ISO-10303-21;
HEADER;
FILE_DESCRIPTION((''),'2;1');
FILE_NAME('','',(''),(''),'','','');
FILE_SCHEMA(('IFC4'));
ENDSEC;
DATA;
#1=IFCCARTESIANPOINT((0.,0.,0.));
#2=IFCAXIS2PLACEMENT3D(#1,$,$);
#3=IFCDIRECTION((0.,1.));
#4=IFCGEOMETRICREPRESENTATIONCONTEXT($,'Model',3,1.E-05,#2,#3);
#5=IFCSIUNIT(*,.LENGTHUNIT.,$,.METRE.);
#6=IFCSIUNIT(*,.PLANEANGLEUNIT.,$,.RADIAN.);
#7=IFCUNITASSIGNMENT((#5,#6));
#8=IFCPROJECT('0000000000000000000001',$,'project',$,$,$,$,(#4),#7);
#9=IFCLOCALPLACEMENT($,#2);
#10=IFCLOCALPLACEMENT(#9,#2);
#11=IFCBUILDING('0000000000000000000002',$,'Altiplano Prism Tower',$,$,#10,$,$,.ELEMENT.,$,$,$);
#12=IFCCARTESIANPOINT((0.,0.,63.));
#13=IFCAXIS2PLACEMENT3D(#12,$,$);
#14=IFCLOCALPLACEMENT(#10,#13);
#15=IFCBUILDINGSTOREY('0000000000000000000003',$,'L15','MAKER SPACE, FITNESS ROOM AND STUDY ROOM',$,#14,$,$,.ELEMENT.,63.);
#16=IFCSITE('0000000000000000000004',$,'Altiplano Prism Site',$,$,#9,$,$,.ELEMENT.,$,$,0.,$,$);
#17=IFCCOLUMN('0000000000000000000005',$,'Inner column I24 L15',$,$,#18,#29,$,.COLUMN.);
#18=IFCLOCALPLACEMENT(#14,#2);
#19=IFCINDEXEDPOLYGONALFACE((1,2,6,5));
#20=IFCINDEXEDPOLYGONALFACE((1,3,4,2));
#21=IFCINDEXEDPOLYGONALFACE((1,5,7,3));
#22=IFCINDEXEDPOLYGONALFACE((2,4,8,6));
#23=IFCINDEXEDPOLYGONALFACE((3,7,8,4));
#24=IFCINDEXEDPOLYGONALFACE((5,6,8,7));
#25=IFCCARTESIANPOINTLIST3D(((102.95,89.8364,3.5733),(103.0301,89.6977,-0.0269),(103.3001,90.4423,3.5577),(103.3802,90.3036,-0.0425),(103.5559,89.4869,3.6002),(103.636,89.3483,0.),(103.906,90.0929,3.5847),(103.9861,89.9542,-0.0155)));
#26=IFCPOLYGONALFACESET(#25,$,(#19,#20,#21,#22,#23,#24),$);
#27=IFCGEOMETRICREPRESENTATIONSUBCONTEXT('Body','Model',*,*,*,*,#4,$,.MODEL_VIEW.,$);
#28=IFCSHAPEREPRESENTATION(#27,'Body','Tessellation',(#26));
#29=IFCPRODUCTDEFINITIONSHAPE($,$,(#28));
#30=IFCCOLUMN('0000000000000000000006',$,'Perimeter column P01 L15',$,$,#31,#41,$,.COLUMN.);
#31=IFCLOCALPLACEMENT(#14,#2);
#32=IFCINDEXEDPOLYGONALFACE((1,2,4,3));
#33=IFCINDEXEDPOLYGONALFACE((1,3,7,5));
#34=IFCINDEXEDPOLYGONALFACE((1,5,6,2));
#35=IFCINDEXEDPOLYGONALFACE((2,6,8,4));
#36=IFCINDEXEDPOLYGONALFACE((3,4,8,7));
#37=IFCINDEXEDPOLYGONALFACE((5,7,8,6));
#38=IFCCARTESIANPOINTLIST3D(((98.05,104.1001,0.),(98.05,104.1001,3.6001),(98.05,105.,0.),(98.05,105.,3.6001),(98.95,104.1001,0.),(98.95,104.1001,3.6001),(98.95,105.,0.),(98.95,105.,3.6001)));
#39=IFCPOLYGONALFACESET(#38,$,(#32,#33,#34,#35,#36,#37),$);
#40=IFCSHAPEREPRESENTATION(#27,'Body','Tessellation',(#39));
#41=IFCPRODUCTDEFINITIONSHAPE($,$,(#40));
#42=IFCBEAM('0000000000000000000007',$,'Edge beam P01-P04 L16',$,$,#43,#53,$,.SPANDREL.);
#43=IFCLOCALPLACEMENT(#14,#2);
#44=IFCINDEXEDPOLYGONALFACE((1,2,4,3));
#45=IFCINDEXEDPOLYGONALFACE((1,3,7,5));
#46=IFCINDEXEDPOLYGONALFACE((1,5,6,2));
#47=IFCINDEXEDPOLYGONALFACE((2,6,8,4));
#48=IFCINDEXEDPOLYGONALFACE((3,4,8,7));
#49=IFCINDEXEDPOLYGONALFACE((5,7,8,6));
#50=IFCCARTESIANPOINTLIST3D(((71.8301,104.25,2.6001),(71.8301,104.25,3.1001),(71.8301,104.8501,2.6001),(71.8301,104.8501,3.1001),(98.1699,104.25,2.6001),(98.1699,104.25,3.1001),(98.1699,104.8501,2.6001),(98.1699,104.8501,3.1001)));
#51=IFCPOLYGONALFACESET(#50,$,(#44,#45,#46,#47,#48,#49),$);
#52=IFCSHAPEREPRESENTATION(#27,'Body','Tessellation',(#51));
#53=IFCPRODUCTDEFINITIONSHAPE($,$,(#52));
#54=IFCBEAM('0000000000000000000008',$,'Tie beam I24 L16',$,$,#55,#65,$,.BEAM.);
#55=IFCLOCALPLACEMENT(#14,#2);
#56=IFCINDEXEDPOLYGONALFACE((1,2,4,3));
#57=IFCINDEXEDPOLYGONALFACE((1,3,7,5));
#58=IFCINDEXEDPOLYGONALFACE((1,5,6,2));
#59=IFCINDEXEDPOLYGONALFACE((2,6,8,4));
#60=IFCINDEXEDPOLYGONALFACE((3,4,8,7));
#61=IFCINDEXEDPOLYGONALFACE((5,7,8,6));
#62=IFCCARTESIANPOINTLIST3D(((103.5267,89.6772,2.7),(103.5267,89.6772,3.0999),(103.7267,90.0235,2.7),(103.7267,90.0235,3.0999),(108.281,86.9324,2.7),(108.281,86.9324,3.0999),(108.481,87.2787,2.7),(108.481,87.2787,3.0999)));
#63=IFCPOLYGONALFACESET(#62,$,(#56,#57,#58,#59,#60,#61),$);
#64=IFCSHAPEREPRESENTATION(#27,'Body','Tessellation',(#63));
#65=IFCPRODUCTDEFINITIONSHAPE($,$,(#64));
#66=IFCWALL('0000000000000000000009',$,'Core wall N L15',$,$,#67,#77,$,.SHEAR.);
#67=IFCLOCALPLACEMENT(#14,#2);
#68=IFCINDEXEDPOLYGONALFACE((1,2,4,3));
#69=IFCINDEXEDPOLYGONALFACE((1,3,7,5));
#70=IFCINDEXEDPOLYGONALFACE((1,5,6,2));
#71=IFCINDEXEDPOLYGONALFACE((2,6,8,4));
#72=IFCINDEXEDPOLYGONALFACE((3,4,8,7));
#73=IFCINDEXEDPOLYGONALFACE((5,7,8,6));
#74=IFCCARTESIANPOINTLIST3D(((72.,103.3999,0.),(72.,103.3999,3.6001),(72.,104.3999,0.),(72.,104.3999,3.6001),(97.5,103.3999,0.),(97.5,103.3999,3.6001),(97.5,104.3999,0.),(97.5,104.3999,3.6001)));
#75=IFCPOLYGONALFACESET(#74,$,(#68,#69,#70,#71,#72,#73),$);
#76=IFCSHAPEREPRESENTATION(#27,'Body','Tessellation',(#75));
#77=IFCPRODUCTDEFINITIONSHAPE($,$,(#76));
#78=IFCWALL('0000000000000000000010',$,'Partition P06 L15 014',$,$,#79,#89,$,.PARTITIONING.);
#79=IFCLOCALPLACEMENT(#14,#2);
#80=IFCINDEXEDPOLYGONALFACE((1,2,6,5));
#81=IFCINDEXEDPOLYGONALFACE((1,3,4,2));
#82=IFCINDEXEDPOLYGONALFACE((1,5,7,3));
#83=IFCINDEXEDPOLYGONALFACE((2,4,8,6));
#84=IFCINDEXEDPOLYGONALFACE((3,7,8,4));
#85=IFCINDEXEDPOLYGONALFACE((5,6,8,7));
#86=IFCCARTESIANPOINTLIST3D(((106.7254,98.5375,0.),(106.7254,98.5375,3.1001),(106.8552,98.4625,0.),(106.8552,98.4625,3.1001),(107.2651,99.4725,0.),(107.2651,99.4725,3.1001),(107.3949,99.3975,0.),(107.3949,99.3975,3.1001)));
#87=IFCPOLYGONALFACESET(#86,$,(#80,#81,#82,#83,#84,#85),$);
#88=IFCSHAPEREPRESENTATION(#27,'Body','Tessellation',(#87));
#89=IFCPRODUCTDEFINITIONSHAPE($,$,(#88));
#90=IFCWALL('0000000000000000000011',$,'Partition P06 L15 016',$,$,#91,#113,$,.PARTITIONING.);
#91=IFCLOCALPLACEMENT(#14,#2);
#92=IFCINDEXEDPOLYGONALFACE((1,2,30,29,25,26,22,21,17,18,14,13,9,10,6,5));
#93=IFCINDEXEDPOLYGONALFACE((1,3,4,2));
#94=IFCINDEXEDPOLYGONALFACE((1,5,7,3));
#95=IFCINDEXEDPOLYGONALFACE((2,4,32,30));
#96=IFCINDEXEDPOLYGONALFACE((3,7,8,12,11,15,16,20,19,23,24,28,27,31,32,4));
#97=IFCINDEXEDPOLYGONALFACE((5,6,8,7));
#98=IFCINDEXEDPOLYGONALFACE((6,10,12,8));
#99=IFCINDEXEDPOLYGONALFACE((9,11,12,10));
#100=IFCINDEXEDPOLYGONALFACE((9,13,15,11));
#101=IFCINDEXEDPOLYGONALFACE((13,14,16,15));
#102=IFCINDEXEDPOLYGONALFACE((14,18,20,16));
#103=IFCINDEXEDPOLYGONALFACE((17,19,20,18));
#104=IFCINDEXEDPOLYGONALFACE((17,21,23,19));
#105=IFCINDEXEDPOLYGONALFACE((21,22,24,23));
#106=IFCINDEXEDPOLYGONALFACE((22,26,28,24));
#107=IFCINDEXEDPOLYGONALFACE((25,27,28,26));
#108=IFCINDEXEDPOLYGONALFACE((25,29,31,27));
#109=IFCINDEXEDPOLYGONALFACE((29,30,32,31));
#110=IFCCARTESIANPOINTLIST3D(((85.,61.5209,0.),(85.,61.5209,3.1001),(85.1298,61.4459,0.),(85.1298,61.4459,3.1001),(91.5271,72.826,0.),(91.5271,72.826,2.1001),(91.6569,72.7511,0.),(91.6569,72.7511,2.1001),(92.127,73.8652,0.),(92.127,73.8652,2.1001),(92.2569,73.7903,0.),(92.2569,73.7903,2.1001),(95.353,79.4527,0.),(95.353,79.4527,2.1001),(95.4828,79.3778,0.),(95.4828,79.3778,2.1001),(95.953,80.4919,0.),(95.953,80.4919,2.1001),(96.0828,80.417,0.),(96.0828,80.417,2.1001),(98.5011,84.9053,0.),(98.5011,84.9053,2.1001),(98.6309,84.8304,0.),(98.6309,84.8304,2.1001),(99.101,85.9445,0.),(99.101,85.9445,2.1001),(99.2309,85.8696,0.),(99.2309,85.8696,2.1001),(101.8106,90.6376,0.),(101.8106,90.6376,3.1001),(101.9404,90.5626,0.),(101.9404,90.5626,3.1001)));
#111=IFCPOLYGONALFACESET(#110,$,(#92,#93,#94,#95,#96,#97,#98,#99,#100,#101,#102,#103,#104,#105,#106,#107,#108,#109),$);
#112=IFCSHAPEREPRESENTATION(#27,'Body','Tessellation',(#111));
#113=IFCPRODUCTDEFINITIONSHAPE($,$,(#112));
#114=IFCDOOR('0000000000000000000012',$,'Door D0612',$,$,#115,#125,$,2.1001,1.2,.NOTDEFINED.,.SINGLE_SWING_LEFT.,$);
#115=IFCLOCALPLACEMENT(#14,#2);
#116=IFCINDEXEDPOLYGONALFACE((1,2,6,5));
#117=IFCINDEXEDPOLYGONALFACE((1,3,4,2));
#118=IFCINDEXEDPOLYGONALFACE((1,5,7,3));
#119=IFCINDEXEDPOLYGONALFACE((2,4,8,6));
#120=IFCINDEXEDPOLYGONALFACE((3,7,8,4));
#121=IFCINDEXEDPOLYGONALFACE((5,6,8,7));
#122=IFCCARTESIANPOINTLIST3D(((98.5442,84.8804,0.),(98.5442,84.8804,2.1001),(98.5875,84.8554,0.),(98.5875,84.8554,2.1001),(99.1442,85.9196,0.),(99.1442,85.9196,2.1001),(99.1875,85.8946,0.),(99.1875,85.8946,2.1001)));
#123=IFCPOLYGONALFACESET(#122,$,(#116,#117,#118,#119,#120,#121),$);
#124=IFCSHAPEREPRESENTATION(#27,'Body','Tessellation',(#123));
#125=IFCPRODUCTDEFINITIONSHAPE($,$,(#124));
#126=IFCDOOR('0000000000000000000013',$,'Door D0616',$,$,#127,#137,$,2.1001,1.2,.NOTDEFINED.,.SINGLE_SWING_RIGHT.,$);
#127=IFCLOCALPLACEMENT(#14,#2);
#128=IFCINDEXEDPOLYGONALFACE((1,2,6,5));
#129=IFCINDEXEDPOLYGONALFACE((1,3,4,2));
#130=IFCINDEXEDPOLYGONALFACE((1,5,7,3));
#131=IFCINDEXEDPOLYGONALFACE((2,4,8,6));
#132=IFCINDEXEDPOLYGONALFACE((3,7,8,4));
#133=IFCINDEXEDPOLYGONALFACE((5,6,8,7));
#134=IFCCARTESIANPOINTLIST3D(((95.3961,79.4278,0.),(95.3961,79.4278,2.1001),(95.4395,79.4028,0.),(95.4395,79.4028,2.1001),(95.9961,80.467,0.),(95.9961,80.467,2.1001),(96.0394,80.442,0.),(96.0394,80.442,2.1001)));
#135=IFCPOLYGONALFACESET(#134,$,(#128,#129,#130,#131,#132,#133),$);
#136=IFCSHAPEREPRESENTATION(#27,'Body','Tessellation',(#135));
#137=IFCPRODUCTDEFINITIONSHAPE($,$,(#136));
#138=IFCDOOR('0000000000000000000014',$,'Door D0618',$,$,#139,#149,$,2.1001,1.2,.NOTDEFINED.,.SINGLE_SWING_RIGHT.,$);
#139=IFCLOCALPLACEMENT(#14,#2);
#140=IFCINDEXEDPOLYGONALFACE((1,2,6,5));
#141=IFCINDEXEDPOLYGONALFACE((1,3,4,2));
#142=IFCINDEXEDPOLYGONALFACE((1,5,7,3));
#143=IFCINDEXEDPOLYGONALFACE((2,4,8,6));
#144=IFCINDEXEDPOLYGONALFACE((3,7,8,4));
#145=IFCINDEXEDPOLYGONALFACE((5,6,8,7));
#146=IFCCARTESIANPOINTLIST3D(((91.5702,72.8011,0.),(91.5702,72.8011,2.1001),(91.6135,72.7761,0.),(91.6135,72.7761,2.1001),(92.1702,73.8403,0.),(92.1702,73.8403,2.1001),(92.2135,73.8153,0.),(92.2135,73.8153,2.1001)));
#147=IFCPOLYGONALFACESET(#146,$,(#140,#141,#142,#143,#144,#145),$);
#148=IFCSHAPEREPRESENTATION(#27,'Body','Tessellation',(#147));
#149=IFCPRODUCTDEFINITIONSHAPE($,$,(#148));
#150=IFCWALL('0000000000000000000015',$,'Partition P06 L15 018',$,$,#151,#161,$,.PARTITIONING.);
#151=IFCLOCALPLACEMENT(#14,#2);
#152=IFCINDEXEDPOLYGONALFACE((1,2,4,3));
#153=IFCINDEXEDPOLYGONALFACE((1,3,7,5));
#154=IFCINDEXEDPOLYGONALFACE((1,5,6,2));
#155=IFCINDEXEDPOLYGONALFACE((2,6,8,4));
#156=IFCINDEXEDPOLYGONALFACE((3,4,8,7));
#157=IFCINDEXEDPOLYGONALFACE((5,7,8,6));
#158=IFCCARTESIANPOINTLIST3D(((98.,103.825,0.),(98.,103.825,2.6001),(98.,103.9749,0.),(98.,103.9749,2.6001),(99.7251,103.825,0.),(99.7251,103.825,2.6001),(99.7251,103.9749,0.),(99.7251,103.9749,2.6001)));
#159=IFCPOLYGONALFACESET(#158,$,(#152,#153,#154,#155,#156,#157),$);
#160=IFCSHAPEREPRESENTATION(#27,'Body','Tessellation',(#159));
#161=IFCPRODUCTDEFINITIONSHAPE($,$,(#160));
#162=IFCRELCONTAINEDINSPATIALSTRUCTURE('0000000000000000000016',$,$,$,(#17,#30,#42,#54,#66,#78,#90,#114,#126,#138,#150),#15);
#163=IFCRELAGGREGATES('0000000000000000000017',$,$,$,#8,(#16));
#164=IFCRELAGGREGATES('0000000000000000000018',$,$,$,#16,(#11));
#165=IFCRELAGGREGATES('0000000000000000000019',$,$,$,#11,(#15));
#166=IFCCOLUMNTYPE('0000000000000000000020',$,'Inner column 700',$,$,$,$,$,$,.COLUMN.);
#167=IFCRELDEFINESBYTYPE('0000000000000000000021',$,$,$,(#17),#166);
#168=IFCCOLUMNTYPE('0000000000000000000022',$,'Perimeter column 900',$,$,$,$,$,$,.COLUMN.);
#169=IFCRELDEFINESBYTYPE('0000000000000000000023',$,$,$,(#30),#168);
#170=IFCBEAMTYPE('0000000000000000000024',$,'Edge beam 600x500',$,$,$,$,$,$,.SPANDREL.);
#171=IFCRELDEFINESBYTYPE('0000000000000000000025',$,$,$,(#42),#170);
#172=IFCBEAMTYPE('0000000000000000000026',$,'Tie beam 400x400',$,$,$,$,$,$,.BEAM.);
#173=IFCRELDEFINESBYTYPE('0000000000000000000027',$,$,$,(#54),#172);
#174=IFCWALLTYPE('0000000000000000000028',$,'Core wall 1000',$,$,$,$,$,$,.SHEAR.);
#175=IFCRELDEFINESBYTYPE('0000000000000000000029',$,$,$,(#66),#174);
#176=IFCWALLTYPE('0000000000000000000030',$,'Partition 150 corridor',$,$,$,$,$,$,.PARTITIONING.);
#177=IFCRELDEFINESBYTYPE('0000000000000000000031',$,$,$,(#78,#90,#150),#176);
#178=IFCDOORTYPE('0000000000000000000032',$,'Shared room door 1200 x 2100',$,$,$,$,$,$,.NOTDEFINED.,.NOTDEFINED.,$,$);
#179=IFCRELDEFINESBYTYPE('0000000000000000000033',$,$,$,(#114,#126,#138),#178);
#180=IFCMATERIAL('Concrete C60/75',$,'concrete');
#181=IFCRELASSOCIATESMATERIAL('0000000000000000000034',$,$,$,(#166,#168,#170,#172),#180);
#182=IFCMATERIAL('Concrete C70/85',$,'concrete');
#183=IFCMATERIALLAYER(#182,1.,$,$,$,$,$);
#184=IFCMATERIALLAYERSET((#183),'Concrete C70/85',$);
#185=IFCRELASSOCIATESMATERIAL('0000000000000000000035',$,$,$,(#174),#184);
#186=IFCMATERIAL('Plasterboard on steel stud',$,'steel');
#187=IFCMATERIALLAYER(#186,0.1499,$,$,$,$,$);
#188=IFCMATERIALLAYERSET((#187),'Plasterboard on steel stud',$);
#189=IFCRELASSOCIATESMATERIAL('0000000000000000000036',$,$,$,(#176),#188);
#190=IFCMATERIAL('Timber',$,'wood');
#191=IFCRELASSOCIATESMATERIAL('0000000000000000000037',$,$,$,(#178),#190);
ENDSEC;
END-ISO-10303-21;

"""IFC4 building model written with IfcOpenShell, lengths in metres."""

from ifc_helpers import new_model, si_unit, direction, frame, frame_2d, origin, origin_2d, place, context, subcontext, project, spatial, rectangle, extrude, material, layer, layer_set, material_profile, profile_set, type_object, element, fill, save


model = new_model("IFC4")

# Units and contexts
model_context = context("Model", 3, precision=1e-05, world=origin(), true_north=direction((0.0, 1.0)))
body_context = subcontext(model_context, "Body", "Model", "MODEL_VIEW")
ifc_project = project(units=[si_unit("LENGTHUNIT", "METRE"), si_unit("PLANEANGLEUNIT", "RADIAN")], contexts=[model_context])

# Site, building, storey
site_placement = place(None, origin())
site = spatial("IfcSite", under=ifc_project, at=site_placement, Name="Altiplano Prism Site", CompositionType="ELEMENT", RefElevation=0.0)
building_placement = place(site_placement, origin())
building = spatial("IfcBuilding", under=site, at=building_placement, Name="Altiplano Prism Tower", CompositionType="ELEMENT")
storey_placement = place(building_placement, frame((0.0, 0.0, 63.0)))
storey = spatial("IfcBuildingStorey", under=building, at=storey_placement, Name="L15", Description="MAKER SPACE, FITNESS ROOM AND STUDY ROOM", CompositionType="ELEMENT", Elevation=63.0)

# Columns
ifc_material_1 = material(Name="Concrete C60/75", Category="concrete")
ifc_material_profile_1 = material_profile(ifc_material_1, rectangle(XDim=0.7, YDim=0.7, at=origin_2d()), Name="Inner column 700")
ifc_profile_set_1 = profile_set([ifc_material_profile_1], Name="Concrete C60/75")
column_type_1 = type_object("IfcColumnType", Name="Inner column 700", PredefinedType="COLUMN", material=ifc_profile_set_1)
column_1_placement = place(storey_placement, frame((103.5081, 89.8259, -0.0212), z_axis=(-0.022221, 0.038481, 0.999012), x_axis=(-0.500175, -0.865639, 0.022218)))
element("IfcColumn", 1, at=column_1_placement, inside=storey, type_object=column_type_1, Name="Inner column I24 L15", PredefinedType="COLUMN", context=body_context, shape_type="SweptSolid", body=[
    extrude(rectangle(XDim=0.7, YDim=0.7, at=origin_2d()), origin(), (0.0, 0.0, 1.0), 3.6038),
])
ifc_material_profile_2 = material_profile(ifc_material_1, rectangle(XDim=0.8999, YDim=0.8999, at=origin_2d()), Name="Perimeter column 900")
ifc_profile_set_2 = profile_set([ifc_material_profile_2], Name="Concrete C60/75")
column_type_2 = type_object("IfcColumnType", Name="Perimeter column 900", PredefinedType="COLUMN", material=ifc_profile_set_2)
column_2_placement = place(storey_placement, frame((98.5, 104.55, 0.0), z_axis=(0.0, 0.0, 1.0), x_axis=(1.0, 0.0, 0.0)))
element("IfcColumn", 2, at=column_2_placement, inside=storey, type_object=column_type_2, Name="Perimeter column P01 L15", PredefinedType="COLUMN", context=body_context, shape_type="SweptSolid", body=[
    extrude(rectangle(XDim=0.8999, YDim=0.8999, at=origin_2d()), origin(), (0.0, 0.0, 1.0), 3.6001),
])

# Beams
ifc_material_profile_3 = material_profile(ifc_material_1, rectangle(XDim=0.6001, YDim=0.5, at=origin_2d()), Name="Edge beam 600x500")
ifc_profile_set_3 = profile_set([ifc_material_profile_3], Name="Concrete C60/75")
beam_type_1 = type_object("IfcBeamType", Name="Edge beam 600x500", PredefinedType="SPANDREL", material=ifc_profile_set_3)
beam_1_placement = place(storey_placement, frame((98.1699, 104.55, 2.8501), z_axis=(-1.0, 0.0, 0.0), x_axis=(0.0, -1.0, 0.0)))
element("IfcBeam", 3, at=beam_1_placement, inside=storey, type_object=beam_type_1, Name="Edge beam P01-P04 L16", PredefinedType="SPANDREL", context=body_context, shape_type="SweptSolid", body=[
    extrude(rectangle(XDim=0.6001, YDim=0.5, at=origin_2d()), origin(), (0.0, 0.0, 1.0), 26.3398),
])
ifc_material_profile_4 = material_profile(ifc_material_1, rectangle(XDim=0.3999, YDim=0.3999, at=origin_2d()), Name="Tie beam 400x400")
ifc_profile_set_4 = profile_set([ifc_material_profile_4], Name="Concrete C60/75")
beam_type_2 = type_object("IfcBeamType", Name="Tie beam 400x400", PredefinedType="BEAM", material=ifc_profile_set_4)
beam_2_placement = place(storey_placement, frame((103.6267, 89.8503, 2.8999), z_axis=(0.866032, -0.499989, 0.0), x_axis=(0.499989, 0.866032, 0.0)))
element("IfcBeam", 4, at=beam_2_placement, inside=storey, type_object=beam_type_2, Name="Tie beam I24 L16", PredefinedType="BEAM", context=body_context, shape_type="SweptSolid", body=[
    extrude(rectangle(XDim=0.3999, YDim=0.3999, at=origin_2d()), origin(), (0.0, 0.0, 1.0), 5.4897),
])

# Walls
ifc_material_2 = material(Name="Concrete C70/85", Category="concrete")
ifc_layer_1 = layer(ifc_material_2, 1.0)
ifc_layer_set_1 = layer_set([ifc_layer_1], Name="Concrete C70/85")
wall_type_1 = type_object("IfcWallType", Name="Core wall 1000", PredefinedType="SHEAR", material=ifc_layer_set_1)
wall_1_placement = place(storey_placement, frame((97.5, 103.8999, 0.0), z_axis=(0.0, 0.0, 1.0), x_axis=(-1.0, 0.0, 0.0)))
element("IfcWall", 5, at=wall_1_placement, inside=storey, type_object=wall_type_1, Name="Core wall N L15", PredefinedType="SHEAR", context=body_context, shape_type="SweptSolid", body=[
    extrude(rectangle(XDim=25.5, YDim=1.0, at=frame_2d((12.75, 0.0))), origin(), (0.0, 0.0, 1.0), 3.6001),
])
ifc_material_3 = material(Name="Plasterboard on steel stud", Category="steel")
ifc_layer_2 = layer(ifc_material_3, 0.1499)
ifc_layer_set_2 = layer_set([ifc_layer_2], Name="Plasterboard on steel stud")
wall_type_2 = type_object("IfcWallType", Name="Partition 150 corridor", PredefinedType="PARTITIONING", material=ifc_layer_set_2)
wall_2_placement = place(storey_placement, frame((106.7903, 98.5, 0.0), z_axis=(0.0, 0.0, 1.0), x_axis=(0.499957, 0.86605, 0.0)))
element("IfcWall", 6, at=wall_2_placement, inside=storey, type_object=wall_type_2, Name="Partition P06 L15 014", PredefinedType="PARTITIONING", context=body_context, shape_type="SweptSolid", body=[
    extrude(rectangle(XDim=1.0796, YDim=0.1499, at=frame_2d((0.5398, 0.0))), origin(), (0.0, 0.0, 1.0), 3.1001),
])

# Wall, openings, doors
wall_3_placement = place(storey_placement, frame((101.8755, 90.6001, 0.0), z_axis=(0.0, 0.0, 1.0), x_axis=(-0.5, -0.866025, 0.0)))
wall_3 = element("IfcWall", 7, at=wall_3_placement, inside=storey, type_object=wall_type_2, Name="Partition P06 L15 016", PredefinedType="PARTITIONING", context=body_context, shape_type="SweptSolid", body=[
    extrude(rectangle(XDim=33.6211, YDim=0.1499, at=frame_2d((16.8105, 0.0))), origin(), (0.0, 0.0, 1.0), 3.1001),
])
opening_1_placement = place(wall_3_placement, frame((5.4189, 0.0, 0.0)))
opening_1 = element("IfcOpeningElement", 8, at=opening_1_placement, cuts=wall_3, PredefinedType="OPENING", context=body_context, shape_type="SweptSolid", body=[
    extrude(rectangle(XDim=1.2, YDim=2.1001, at=frame_2d((0.6001, 1.05))), frame((0.0, 0.0854, 0.0), z_axis=(0.0, -1.0, 0.0), x_axis=(1.0, 0.0, 0.0)), (0.0, 0.0, 1.0), 0.1709),
])
opening_2_placement = place(wall_3_placement, frame((11.7151, 0.0, 0.0)))
opening_2 = element("IfcOpeningElement", 9, at=opening_2_placement, cuts=wall_3, PredefinedType="OPENING", context=body_context, shape_type="SweptSolid", body=[
    extrude(rectangle(XDim=1.2, YDim=2.1001, at=frame_2d((0.6001, 1.05))), frame((0.0, 0.0854, 0.0), z_axis=(0.0, -1.0, 0.0), x_axis=(1.0, 0.0, 0.0)), (0.0, 0.0, 1.0), 0.1709),
])
opening_3_placement = place(wall_3_placement, frame((19.3669, 0.0, 0.0)))
opening_3 = element("IfcOpeningElement", 10, at=opening_3_placement, cuts=wall_3, PredefinedType="OPENING", context=body_context, shape_type="SweptSolid", body=[
    extrude(rectangle(XDim=1.2, YDim=2.1001, at=frame_2d((0.6001, 1.05))), frame((0.0, 0.0854, 0.0), z_axis=(0.0, -1.0, 0.0), x_axis=(1.0, 0.0, 0.0)), (0.0, 0.0, 1.0), 0.1709),
])
ifc_material_4 = material(Name="Timber", Category="wood")
door_type = type_object("IfcDoorType", Name="Shared room door 1200 x 2100", OperationType="NOTDEFINED", PredefinedType="NOTDEFINED", material=ifc_material_4)
door_1_placement = place(opening_1_placement, origin())
door_1 = element("IfcDoor", 11, at=door_1_placement, inside=storey, type_object=door_type, Name="Door D0612", OperationType="SINGLE_SWING_LEFT", OverallHeight=2.1001, OverallWidth=1.2, PredefinedType="NOTDEFINED", context=body_context, shape_type="SweptSolid", body=[
    extrude(rectangle(XDim=1.2, YDim=2.1001, at=frame_2d((0.6001, 1.05))), frame((0.0, 0.0249, 0.0), z_axis=(0.0, -1.0, 0.0), x_axis=(1.0, 0.0, 0.0)), (0.0, 0.0, 1.0), 0.05),
])
fill(opening_1, door_1)
door_2_placement = place(opening_2_placement, origin())
door_2 = element("IfcDoor", 12, at=door_2_placement, inside=storey, type_object=door_type, Name="Door D0616", OperationType="SINGLE_SWING_RIGHT", OverallHeight=2.1001, OverallWidth=1.2, PredefinedType="NOTDEFINED", context=body_context, shape_type="SweptSolid", body=[
    extrude(rectangle(XDim=1.2, YDim=2.1001, at=frame_2d((0.6001, 1.05))), frame((0.0, 0.0249, 0.0), z_axis=(0.0, -1.0, 0.0), x_axis=(1.0, 0.0, 0.0)), (0.0, 0.0, 1.0), 0.05),
])
fill(opening_2, door_2)
door_3_placement = place(opening_3_placement, origin())
door_3 = element("IfcDoor", 13, at=door_3_placement, inside=storey, type_object=door_type, Name="Door D0618", OperationType="SINGLE_SWING_RIGHT", OverallHeight=2.1001, OverallWidth=1.2, PredefinedType="NOTDEFINED", context=body_context, shape_type="SweptSolid", body=[
    extrude(rectangle(XDim=1.2, YDim=2.1001, at=frame_2d((0.6001, 1.05))), frame((0.0, 0.0249, 0.0), z_axis=(0.0, -1.0, 0.0), x_axis=(1.0, 0.0, 0.0)), (0.0, 0.0, 1.0), 0.05),
])
fill(opening_3, door_3)

# Wall
wall_4_placement = place(storey_placement, frame((99.7251, 103.8999, 0.0), z_axis=(0.0, 0.0, 1.0), x_axis=(-1.0, 0.0, 0.0)))
element("IfcWall", 14, at=wall_4_placement, inside=storey, type_object=wall_type_2, Name="Partition P06 L15 018", PredefinedType="PARTITIONING", context=body_context, shape_type="SweptSolid", body=[
    extrude(rectangle(XDim=1.7251, YDim=0.1499, at=frame_2d((0.8625, 0.0))), origin(), (0.0, 0.0, 1.0), 2.6001),
])

save(model, "model.ifc")
